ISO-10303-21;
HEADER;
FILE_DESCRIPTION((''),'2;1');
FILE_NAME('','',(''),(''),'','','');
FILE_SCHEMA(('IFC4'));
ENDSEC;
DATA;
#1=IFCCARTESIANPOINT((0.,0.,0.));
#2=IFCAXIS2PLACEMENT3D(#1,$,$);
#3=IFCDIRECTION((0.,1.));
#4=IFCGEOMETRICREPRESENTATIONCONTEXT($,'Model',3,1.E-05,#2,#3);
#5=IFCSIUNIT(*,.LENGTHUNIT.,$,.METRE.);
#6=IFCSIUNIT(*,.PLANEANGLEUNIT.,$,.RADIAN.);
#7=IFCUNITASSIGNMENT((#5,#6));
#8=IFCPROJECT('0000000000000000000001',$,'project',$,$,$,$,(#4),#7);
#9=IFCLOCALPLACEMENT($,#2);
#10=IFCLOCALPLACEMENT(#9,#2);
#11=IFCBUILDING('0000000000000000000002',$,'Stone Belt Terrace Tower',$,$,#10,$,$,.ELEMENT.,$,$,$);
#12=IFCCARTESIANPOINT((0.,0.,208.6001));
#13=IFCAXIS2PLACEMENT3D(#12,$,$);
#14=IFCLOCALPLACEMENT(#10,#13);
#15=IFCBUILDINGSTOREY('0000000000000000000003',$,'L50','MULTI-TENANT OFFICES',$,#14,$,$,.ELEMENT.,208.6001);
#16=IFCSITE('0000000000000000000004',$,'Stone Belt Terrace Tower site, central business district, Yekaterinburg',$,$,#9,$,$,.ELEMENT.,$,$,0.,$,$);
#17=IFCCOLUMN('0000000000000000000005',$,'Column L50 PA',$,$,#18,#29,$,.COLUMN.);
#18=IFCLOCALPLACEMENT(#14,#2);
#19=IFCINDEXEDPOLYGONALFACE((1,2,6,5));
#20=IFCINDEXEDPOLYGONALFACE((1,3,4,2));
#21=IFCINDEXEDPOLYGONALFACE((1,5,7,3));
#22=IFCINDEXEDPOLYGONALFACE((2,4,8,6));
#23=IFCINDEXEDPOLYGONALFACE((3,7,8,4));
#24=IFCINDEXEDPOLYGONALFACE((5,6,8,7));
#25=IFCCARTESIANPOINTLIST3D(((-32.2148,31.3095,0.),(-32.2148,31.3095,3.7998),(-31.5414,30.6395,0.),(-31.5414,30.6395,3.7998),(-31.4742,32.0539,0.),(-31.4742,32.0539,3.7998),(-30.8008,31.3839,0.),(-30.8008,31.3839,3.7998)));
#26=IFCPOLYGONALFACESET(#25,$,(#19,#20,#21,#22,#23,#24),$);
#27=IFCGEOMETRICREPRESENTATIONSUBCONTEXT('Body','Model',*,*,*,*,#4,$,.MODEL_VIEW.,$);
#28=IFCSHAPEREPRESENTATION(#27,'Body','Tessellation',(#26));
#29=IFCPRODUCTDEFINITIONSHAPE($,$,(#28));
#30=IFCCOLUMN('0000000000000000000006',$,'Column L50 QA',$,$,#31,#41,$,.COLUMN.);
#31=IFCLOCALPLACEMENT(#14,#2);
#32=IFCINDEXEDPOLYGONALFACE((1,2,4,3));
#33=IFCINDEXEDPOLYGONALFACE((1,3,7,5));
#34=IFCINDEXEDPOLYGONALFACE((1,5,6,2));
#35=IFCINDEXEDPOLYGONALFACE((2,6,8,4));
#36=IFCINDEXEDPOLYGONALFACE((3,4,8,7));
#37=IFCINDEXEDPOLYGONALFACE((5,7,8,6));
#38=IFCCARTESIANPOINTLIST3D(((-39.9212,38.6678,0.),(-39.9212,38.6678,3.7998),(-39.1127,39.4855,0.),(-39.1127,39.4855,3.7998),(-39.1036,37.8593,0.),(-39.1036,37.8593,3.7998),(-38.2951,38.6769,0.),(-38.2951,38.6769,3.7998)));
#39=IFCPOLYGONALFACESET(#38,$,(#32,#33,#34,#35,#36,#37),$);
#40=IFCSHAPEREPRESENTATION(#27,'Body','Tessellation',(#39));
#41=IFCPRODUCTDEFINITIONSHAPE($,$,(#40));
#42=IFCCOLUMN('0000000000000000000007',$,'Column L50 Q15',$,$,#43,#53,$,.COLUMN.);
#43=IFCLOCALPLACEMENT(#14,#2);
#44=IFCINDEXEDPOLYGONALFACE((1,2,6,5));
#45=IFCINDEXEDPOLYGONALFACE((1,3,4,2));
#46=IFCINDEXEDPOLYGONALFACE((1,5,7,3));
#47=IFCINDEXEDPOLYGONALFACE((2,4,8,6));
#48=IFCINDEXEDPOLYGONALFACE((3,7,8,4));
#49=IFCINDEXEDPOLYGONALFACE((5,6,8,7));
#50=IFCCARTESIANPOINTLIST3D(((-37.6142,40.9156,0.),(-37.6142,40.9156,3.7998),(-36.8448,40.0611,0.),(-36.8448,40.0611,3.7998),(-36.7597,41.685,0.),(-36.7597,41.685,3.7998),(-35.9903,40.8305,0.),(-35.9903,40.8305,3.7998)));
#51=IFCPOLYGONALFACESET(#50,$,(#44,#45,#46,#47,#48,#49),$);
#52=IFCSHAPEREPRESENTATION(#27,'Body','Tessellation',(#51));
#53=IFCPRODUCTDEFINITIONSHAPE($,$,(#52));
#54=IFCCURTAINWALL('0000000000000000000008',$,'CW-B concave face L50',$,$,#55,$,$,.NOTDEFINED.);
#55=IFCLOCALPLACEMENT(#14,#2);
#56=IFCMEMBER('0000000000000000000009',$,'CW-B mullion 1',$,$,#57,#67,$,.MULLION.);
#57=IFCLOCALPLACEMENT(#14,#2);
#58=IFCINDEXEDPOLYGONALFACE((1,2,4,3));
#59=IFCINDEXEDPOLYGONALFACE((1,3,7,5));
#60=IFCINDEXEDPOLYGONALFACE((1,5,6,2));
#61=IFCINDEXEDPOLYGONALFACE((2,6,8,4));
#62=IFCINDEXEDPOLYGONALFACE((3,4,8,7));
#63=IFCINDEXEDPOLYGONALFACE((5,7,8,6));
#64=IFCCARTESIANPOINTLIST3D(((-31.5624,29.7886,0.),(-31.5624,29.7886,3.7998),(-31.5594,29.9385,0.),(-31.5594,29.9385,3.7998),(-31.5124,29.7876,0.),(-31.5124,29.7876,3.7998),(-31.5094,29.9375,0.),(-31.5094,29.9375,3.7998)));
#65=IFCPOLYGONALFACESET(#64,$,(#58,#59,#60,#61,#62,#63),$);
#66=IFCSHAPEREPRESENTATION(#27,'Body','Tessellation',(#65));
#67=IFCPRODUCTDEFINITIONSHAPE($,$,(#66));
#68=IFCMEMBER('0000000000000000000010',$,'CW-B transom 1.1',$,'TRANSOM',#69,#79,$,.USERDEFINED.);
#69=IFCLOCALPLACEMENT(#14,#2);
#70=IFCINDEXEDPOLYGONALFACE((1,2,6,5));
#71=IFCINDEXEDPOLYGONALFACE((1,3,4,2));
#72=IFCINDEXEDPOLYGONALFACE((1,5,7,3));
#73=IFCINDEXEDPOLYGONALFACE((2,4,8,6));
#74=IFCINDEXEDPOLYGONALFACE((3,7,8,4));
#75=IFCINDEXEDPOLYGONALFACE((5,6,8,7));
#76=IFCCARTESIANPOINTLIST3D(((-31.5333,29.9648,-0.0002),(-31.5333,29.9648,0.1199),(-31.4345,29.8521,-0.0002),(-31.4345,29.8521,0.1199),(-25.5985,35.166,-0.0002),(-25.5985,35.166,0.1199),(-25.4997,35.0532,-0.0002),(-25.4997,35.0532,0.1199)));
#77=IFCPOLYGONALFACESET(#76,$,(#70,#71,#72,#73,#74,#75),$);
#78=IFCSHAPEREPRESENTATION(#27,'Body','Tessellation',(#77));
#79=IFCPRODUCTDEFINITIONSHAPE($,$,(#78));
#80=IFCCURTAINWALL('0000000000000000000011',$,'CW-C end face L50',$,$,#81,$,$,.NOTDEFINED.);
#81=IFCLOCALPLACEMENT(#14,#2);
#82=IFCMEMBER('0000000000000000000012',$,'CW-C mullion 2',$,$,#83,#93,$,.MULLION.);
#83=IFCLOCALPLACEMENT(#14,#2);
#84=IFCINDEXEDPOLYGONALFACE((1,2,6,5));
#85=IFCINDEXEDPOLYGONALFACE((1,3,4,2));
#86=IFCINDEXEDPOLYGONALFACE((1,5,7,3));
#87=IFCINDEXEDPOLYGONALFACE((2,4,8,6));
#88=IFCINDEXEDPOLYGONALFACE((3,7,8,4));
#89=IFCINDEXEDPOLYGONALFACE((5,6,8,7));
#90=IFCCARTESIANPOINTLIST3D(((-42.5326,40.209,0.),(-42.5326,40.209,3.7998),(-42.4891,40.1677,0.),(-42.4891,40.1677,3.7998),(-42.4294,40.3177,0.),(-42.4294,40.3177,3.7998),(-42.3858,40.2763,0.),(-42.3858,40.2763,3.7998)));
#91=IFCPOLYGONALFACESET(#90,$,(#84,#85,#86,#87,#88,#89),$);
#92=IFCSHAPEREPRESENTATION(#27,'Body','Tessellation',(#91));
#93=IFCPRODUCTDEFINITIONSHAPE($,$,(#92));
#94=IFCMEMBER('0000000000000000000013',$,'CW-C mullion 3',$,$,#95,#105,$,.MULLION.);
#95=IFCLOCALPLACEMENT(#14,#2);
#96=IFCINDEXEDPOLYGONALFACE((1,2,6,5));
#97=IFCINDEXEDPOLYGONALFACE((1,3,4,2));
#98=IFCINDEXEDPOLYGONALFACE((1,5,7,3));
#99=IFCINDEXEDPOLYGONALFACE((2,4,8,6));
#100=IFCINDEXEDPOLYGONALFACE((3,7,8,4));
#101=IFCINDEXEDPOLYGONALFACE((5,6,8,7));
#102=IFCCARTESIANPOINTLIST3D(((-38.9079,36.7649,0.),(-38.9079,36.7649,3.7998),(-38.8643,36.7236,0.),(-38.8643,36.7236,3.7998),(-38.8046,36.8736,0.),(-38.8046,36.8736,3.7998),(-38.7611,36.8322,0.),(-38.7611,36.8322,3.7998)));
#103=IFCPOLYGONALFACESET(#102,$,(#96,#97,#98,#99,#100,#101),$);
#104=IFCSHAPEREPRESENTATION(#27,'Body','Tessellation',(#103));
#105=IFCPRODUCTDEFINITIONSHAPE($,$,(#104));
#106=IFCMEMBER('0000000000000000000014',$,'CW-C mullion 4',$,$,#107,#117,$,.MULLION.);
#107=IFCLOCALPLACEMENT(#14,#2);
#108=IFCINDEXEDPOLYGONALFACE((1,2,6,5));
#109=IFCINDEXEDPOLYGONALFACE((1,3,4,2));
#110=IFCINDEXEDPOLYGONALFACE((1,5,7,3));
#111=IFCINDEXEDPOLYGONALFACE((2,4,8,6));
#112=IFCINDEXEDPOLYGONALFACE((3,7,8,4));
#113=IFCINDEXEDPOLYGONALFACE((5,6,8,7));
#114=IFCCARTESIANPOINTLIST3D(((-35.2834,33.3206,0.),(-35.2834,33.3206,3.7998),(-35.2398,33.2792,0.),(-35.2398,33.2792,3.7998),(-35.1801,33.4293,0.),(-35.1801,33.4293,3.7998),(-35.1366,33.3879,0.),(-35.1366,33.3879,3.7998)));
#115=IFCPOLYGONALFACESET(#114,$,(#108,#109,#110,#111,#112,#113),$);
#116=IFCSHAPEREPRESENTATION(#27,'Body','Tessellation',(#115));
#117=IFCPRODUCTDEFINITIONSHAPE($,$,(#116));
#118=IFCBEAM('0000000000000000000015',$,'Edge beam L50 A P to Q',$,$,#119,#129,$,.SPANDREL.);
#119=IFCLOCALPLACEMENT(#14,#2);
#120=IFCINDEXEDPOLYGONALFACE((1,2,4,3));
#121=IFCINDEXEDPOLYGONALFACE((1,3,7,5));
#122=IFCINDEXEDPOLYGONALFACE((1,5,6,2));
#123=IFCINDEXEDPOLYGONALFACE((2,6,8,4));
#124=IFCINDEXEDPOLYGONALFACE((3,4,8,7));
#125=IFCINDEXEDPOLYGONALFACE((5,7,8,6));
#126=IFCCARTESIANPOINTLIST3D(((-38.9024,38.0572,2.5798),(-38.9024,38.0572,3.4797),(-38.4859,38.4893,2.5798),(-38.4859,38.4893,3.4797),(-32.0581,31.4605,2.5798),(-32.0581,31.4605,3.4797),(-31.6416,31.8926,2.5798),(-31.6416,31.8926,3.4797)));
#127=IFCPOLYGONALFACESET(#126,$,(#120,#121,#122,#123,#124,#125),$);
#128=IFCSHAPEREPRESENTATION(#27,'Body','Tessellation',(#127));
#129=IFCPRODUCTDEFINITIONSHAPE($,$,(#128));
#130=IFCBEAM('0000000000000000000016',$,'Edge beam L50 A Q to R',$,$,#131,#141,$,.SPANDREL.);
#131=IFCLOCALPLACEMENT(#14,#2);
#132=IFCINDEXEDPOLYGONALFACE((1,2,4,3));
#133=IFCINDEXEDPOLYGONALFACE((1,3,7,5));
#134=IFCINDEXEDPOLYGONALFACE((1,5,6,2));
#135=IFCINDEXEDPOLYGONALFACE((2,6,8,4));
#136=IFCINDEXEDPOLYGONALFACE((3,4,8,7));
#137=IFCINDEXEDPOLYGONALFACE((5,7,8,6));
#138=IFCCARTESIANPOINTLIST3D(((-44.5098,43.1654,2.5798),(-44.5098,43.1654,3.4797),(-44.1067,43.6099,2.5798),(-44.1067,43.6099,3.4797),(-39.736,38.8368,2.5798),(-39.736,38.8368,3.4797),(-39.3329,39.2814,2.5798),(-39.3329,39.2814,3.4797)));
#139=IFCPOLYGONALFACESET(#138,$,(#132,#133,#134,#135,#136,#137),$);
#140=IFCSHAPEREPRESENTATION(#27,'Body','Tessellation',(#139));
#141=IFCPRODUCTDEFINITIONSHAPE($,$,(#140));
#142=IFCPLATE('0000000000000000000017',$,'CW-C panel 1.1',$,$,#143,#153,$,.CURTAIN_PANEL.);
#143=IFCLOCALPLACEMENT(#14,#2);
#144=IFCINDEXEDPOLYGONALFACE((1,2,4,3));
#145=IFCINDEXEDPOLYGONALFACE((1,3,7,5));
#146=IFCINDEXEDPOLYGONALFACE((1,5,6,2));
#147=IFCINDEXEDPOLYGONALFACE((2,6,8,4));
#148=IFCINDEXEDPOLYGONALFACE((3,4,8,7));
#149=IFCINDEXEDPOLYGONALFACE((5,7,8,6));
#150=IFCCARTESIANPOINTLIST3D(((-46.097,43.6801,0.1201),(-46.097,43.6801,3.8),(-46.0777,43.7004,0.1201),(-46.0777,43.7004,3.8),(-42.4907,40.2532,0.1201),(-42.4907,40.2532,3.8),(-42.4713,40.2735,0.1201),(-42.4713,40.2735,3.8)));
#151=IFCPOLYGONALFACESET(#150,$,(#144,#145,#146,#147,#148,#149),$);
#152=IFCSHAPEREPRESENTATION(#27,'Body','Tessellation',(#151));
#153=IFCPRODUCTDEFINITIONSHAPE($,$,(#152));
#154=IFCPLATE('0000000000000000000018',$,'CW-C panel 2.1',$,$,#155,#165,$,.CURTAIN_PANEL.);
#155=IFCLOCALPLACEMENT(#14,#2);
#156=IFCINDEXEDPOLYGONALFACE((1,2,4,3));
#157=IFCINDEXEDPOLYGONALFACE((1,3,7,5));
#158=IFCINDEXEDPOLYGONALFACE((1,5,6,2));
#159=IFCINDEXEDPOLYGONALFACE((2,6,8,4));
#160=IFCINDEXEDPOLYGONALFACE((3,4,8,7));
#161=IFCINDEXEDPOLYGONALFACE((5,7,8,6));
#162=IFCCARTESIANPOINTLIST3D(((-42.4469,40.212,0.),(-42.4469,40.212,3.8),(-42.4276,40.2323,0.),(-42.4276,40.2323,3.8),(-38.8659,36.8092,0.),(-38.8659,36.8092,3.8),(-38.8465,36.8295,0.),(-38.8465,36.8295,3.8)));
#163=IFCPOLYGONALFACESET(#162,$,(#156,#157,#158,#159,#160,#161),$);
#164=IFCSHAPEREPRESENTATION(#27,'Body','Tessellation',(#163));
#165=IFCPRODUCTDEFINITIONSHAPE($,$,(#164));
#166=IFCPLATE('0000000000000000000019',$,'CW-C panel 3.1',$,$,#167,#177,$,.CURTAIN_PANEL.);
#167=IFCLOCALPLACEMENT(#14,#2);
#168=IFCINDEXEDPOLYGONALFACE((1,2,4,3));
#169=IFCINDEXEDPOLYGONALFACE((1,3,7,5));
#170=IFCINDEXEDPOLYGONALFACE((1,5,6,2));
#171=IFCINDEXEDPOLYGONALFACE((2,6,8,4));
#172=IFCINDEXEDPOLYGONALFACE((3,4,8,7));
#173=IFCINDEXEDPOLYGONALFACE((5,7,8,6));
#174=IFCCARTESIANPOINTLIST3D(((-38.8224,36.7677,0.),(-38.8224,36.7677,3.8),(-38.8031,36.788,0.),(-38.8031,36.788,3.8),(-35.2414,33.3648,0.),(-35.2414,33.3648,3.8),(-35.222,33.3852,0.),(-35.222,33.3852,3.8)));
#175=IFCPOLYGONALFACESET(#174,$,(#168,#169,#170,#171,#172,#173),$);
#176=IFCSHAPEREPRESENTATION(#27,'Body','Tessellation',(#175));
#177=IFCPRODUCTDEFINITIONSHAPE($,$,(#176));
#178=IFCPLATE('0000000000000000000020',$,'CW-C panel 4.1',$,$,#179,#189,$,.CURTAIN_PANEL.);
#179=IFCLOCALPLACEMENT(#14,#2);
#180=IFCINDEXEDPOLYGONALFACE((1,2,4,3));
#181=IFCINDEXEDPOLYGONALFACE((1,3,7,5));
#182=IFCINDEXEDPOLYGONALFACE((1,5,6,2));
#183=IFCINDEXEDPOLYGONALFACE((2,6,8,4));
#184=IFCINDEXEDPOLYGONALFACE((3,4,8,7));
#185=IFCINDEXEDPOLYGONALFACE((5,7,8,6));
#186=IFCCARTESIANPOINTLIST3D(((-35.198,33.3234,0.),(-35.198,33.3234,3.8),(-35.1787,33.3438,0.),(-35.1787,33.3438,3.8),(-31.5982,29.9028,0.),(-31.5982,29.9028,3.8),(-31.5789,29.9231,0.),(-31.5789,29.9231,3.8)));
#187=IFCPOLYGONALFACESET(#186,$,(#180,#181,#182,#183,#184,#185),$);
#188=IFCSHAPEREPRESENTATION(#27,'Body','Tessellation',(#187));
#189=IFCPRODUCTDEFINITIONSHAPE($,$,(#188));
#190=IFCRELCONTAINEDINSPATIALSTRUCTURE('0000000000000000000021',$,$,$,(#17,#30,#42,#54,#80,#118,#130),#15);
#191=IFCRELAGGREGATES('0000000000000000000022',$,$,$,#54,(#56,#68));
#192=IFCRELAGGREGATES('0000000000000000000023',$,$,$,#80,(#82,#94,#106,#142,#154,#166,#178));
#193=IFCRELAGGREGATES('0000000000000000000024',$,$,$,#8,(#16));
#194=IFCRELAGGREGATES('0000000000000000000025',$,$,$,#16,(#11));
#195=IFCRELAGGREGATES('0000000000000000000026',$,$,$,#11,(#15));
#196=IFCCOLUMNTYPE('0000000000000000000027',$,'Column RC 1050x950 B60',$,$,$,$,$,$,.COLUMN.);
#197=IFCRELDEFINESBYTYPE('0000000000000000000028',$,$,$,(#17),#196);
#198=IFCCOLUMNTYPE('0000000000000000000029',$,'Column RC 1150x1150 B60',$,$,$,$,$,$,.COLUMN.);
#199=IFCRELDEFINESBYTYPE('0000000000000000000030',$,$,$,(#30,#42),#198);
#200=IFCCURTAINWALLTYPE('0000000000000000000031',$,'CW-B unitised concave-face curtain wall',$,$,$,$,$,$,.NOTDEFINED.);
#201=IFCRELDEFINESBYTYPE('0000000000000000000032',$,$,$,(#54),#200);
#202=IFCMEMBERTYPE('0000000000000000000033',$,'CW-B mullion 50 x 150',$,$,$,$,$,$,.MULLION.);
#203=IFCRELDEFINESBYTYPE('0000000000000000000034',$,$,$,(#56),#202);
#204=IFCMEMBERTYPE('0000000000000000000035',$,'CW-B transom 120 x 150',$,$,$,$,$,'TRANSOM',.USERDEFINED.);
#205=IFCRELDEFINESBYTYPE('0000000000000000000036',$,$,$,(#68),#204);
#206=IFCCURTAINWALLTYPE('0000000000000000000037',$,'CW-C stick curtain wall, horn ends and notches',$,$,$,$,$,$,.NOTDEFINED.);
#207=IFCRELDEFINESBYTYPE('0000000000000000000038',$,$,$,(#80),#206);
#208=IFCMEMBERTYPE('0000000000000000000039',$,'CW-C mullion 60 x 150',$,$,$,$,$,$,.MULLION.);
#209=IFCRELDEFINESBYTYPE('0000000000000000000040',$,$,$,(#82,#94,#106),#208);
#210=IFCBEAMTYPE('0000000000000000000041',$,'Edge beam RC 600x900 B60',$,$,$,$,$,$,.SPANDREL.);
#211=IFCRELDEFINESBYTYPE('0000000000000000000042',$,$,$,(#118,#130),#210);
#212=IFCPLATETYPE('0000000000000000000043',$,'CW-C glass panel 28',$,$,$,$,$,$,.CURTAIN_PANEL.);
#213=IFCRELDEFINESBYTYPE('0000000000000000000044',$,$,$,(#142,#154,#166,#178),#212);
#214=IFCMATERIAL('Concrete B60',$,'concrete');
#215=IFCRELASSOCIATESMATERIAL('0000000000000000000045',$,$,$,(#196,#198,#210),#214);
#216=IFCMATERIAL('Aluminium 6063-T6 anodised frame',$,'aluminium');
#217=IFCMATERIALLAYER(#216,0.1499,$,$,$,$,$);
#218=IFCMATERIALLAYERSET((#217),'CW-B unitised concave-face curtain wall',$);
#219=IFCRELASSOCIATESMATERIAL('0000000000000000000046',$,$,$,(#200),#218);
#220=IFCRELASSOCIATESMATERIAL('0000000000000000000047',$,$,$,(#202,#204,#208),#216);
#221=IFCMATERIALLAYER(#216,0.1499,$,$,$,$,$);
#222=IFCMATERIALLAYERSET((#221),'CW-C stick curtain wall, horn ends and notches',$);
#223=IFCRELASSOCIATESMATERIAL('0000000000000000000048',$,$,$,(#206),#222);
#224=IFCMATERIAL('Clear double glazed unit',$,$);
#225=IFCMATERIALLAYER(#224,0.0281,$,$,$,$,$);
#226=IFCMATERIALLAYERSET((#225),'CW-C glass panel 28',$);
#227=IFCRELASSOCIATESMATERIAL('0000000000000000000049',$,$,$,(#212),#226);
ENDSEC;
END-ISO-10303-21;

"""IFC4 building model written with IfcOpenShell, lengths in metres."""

from ifc_helpers import new_model, si_unit, direction, frame, origin, origin_2d, place, context, subcontext, project, spatial, rectangle, extrude, material, layer, layer_set, material_profile, profile_set, type_object, element, aggregate, save


model = new_model("IFC4")

# Units and contexts
model_context = context("Model", 3, precision=1e-05, world=origin(), true_north=direction((0.0, 1.0)))
body_context = subcontext(model_context, "Body", "Model", "MODEL_VIEW")
ifc_project = project(units=[si_unit("LENGTHUNIT", "METRE"), si_unit("PLANEANGLEUNIT", "RADIAN")], contexts=[model_context])

# Site, building, storey
site_placement = place(None, origin())
site = spatial("IfcSite", under=ifc_project, at=site_placement, Name="Stone Belt Terrace Tower site, central business district, Yekaterinburg", CompositionType="ELEMENT", RefElevation=0.0)
building_placement = place(site_placement, origin())
building = spatial("IfcBuilding", under=site, at=building_placement, Name="Stone Belt Terrace Tower", CompositionType="ELEMENT")
storey_placement = place(building_placement, frame((0.0, 0.0, 208.6001)))
storey = spatial("IfcBuildingStorey", under=building, at=storey_placement, Name="L50", Description="MULTI-TENANT OFFICES", CompositionType="ELEMENT", Elevation=208.6001)

# Columns
ifc_material_1 = material(Name="Concrete B60", Category="concrete")
ifc_material_profile_1 = material_profile(ifc_material_1, rectangle(XDim=1.05, YDim=0.95, at=origin_2d()), Name="RC 1050x950")
ifc_profile_set_1 = profile_set([ifc_material_profile_1], Name="Concrete B60")
column_type_1 = type_object("IfcColumnType", Name="Column RC 1050x950 B60", PredefinedType="COLUMN", material=ifc_profile_set_1)
column_placement = place(storey_placement, frame((-31.5078, 31.3467, 0.0), z_axis=(0.0, 0.0, 1.0), x_axis=(0.705294, 0.708915, 0.0)))
element("IfcColumn", 1, at=column_placement, inside=storey, type_object=column_type_1, Name="Column L50 PA", PredefinedType="COLUMN", context=body_context, shape_type="SweptSolid", body=[
    extrude(rectangle(XDim=1.05, YDim=0.95, at=origin_2d()), origin(), (0.0, 0.0, 1.0), 3.7998),
])
ifc_material_profile_2 = material_profile(ifc_material_1, rectangle(XDim=1.1499, YDim=1.1499, at=origin_2d()), Name="RC 1150x1150")
ifc_profile_set_2 = profile_set([ifc_material_profile_2], Name="Concrete B60")
column_type_2 = type_object("IfcColumnType", Name="Column RC 1150x1150 B60", PredefinedType="COLUMN", material=ifc_profile_set_2)
for number, where, z_axis, x_axis, name in (
    (2, (-39.1082, 38.6724, 0.0), (0.0, 0.0, 1.0), (0.703134, 0.711057, 0.0), "Column L50 QA"),
    (3, (-36.8022, 40.873, 0.0), (0.0, 0.0, 1.0), (0.743145, 0.669131, 0.0), "Column L50 Q15"),
):
    element("IfcColumn", number, at=place(storey_placement, frame(where, z_axis=z_axis, x_axis=x_axis)), inside=storey, type_object=column_type_2, Name=name, PredefinedType="COLUMN", context=body_context, shape_type="SweptSolid", body=[
        extrude(rectangle(XDim=1.1499, YDim=1.1499, at=origin_2d()), origin(), (0.0, 0.0, 1.0), 3.7998),
    ])

# Curtain walls, members
ifc_material_2 = material(Name="Aluminium 6063-T6 anodised frame", Category="aluminium")
ifc_layer_1 = layer(ifc_material_2, 0.1499)
ifc_layer_set_1 = layer_set([ifc_layer_1], Name="CW-B unitised concave-face curtain wall")
curtain_wall_type_1 = type_object("IfcCurtainWallType", Name="CW-B unitised concave-face curtain wall", PredefinedType="NOTDEFINED", material=ifc_layer_set_1)
curtain_wall_1_placement = place(storey_placement, origin())
curtain_wall_1 = element("IfcCurtainWall", 4, at=curtain_wall_1_placement, inside=storey, type_object=curtain_wall_type_1, Name="CW-B concave face L50", PredefinedType="NOTDEFINED")
ifc_material_profile_3 = material_profile(ifc_material_2, rectangle(XDim=0.1499, YDim=0.05, at=origin_2d()), Name="Aluminium 6063-T6 50x150")
ifc_profile_set_3 = profile_set([ifc_material_profile_3], Name="Aluminium 6063-T6 anodised frame")
member_type_1 = type_object("IfcMemberType", Name="CW-B mullion 50 x 150", PredefinedType="MULLION", material=ifc_profile_set_3)
member_1_placement = place(storey_placement, frame((-31.5359, 29.863, 0.0), z_axis=(0.0, 0.0, 1.0), x_axis=(0.020135, 0.999797, 0.0)))
member_1 = element("IfcMember", 5, at=member_1_placement, type_object=member_type_1, Name="CW-B mullion 1", PredefinedType="MULLION", context=body_context, shape_type="SweptSolid", body=[
    extrude(rectangle(XDim=0.1499, YDim=0.05, at=origin_2d()), origin(), (0.0, 0.0, 1.0), 3.7998),
])
ifc_material_profile_4 = material_profile(ifc_material_2, rectangle(XDim=0.1499, YDim=0.1201, at=origin_2d()), Name="Aluminium 6063-T6 150x120")
ifc_profile_set_4 = profile_set([ifc_material_profile_4], Name="Aluminium 6063-T6 anodised frame")
member_type_2 = type_object("IfcMemberType", Name="CW-B transom 120 x 150", ElementType="TRANSOM", PredefinedType="USERDEFINED", material=ifc_profile_set_4)
member_2_placement = place(storey_placement, frame((-31.4839, 29.9084, 0.0598), z_axis=(0.752061, 0.659094, 0.0), x_axis=(-0.659094, 0.752061, 0.0)))
member_2 = element("IfcMember", 6, at=member_2_placement, type_object=member_type_2, Name="CW-B transom 1.1", ObjectType="TRANSOM", PredefinedType="USERDEFINED", context=body_context, shape_type="SweptSolid", body=[
    extrude(rectangle(XDim=0.1499, YDim=0.1201, at=origin_2d()), origin(), (0.0, 0.0, 1.0), 7.8914),
])
aggregate(curtain_wall_1, [member_1, member_2])
ifc_layer_2 = layer(ifc_material_2, 0.1499)
ifc_layer_set_2 = layer_set([ifc_layer_2], Name="CW-C stick curtain wall, horn ends and notches")
curtain_wall_type_2 = type_object("IfcCurtainWallType", Name="CW-C stick curtain wall, horn ends and notches", PredefinedType="NOTDEFINED", material=ifc_layer_set_2)
curtain_wall_2_placement = place(storey_placement, origin())
curtain_wall_2 = element("IfcCurtainWall", 7, at=curtain_wall_2_placement, inside=storey, type_object=curtain_wall_type_2, Name="CW-C end face L50", PredefinedType="NOTDEFINED")
ifc_material_profile_5 = material_profile(ifc_material_2, rectangle(XDim=0.1499, YDim=0.0601, at=origin_2d()), Name="Aluminium 6063-T6 60x150")
ifc_profile_set_5 = profile_set([ifc_material_profile_5], Name="Aluminium 6063-T6 anodised frame")
member_type_3 = type_object("IfcMemberType", Name="CW-C mullion 60 x 150", PredefinedType="MULLION", material=ifc_profile_set_5)
member_3_placement = place(storey_placement, frame((-42.4592, 40.2427, 0.0), z_axis=(0.0, 0.0, 1.0), x_axis=(0.68884, 0.724914, 0.0)))
member_3 = element("IfcMember", 8, at=member_3_placement, type_object=member_type_3, Name="CW-C mullion 2", PredefinedType="MULLION", context=body_context, shape_type="SweptSolid", body=[
    extrude(rectangle(XDim=0.1499, YDim=0.0601, at=origin_2d()), origin(), (0.0, 0.0, 1.0), 3.7998),
])
member_4_placement = place(storey_placement, frame((-38.8345, 36.7986, 0.0), z_axis=(0.0, 0.0, 1.0), x_axis=(0.68884, 0.724914, 0.0)))
member_4 = element("IfcMember", 9, at=member_4_placement, type_object=member_type_3, Name="CW-C mullion 3", PredefinedType="MULLION", context=body_context, shape_type="SweptSolid", body=[
    extrude(rectangle(XDim=0.1499, YDim=0.0601, at=origin_2d()), origin(), (0.0, 0.0, 1.0), 3.7998),
])
member_5_placement = place(storey_placement, frame((-35.21, 33.3542, 0.0), z_axis=(0.0, 0.0, 1.0), x_axis=(0.68884, 0.724914, 0.0)))
member_5 = element("IfcMember", 10, at=member_5_placement, type_object=member_type_3, Name="CW-C mullion 4", PredefinedType="MULLION", context=body_context, shape_type="SweptSolid", body=[
    extrude(rectangle(XDim=0.1499, YDim=0.0601, at=origin_2d()), origin(), (0.0, 0.0, 1.0), 3.7998),
])

# Beams
ifc_material_profile_6 = material_profile(ifc_material_1, rectangle(XDim=0.6001, YDim=0.8999, at=origin_2d()), Name="RC 600x900")
ifc_profile_set_6 = profile_set([ifc_material_profile_6], Name="Concrete B60")
beam_type = type_object("IfcBeamType", Name="Edge beam RC 600x900 B60", PredefinedType="SPANDREL", material=ifc_profile_set_6)
beam_1_placement = place(storey_placement, frame((-31.8499, 31.6765, 3.0298), z_axis=(-0.720008, 0.693965, 0.0), x_axis=(-0.693965, -0.720008, 0.0)))
element("IfcBeam", 11, at=beam_1_placement, inside=storey, type_object=beam_type, Name="Edge beam L50 A P to Q", PredefinedType="SPANDREL", context=body_context, shape_type="SweptSolid", body=[
    extrude(rectangle(XDim=0.6001, YDim=0.8999, at=origin_2d()), origin(), (0.0, 0.0, 1.0), 9.5059),
])
beam_2_placement = place(storey_placement, frame((-39.5344, 39.0591, 3.0298), z_axis=(-0.740814, 0.671711, 0.0), x_axis=(-0.671711, -0.740814, 0.0)))
element("IfcBeam", 12, at=beam_2_placement, inside=storey, type_object=beam_type, Name="Edge beam L50 A Q to R", PredefinedType="SPANDREL", context=body_context, shape_type="SweptSolid", body=[
    extrude(rectangle(XDim=0.6001, YDim=0.8999, at=origin_2d()), origin(), (0.0, 0.0, 1.0), 6.4441),
])

# Plates
ifc_material_3 = material(Name="Clear double glazed unit")
ifc_layer_3 = layer(ifc_material_3, 0.0281)
ifc_layer_set_3 = layer_set([ifc_layer_3], Name="CW-C glass panel 28")
plate_type = type_object("IfcPlateType", Name="CW-C glass panel 28", PredefinedType="CURTAIN_PANEL", material=ifc_layer_set_3)
plate_1_placement = place(storey_placement, frame((-44.2842, 41.9768, 0.1201), z_axis=(0.0, 0.0, 1.0), x_axis=(0.724914, -0.68884, 0.0)))
plate_1 = element("IfcPlate", 13, at=plate_1_placement, type_object=plate_type, Name="CW-C panel 1.1", PredefinedType="CURTAIN_PANEL", context=body_context, shape_type="SweptSolid", body=[
    extrude(rectangle(XDim=4.9749, YDim=0.0281, at=origin_2d()), origin(), (0.0, 0.0, 1.0), 3.6799),
])
plate_2_placement = place(storey_placement, frame((-40.6467, 38.5208, 0.0), z_axis=(0.0, 0.0, 1.0), x_axis=(0.724914, -0.68884, 0.0)))
plate_2 = element("IfcPlate", 14, at=plate_2_placement, type_object=plate_type, Name="CW-C panel 2.1", PredefinedType="CURTAIN_PANEL", context=body_context, shape_type="SweptSolid", body=[
    extrude(rectangle(XDim=4.9399, YDim=0.0281, at=origin_2d()), origin(), (0.0, 0.0, 1.0), 3.8),
])
plate_3_placement = place(storey_placement, frame((-37.0222, 35.0764, 0.0), z_axis=(0.0, 0.0, 1.0), x_axis=(0.724914, -0.68884, 0.0)))
plate_3 = element("IfcPlate", 15, at=plate_3_placement, type_object=plate_type, Name="CW-C panel 3.1", PredefinedType="CURTAIN_PANEL", context=body_context, shape_type="SweptSolid", body=[
    extrude(rectangle(XDim=4.9399, YDim=0.0281, at=origin_2d()), origin(), (0.0, 0.0, 1.0), 3.8),
])
plate_4_placement = place(storey_placement, frame((-33.3884, 31.6233, 0.0), z_axis=(0.0, 0.0, 1.0), x_axis=(0.724914, -0.68884, 0.0)))
plate_4 = element("IfcPlate", 16, at=plate_4_placement, type_object=plate_type, Name="CW-C panel 4.1", PredefinedType="CURTAIN_PANEL", context=body_context, shape_type="SweptSolid", body=[
    extrude(rectangle(XDim=4.9658, YDim=0.0281, at=origin_2d()), origin(), (0.0, 0.0, 1.0), 3.8),
])
aggregate(curtain_wall_2, [member_3, member_4, member_5, plate_1, plate_2, plate_3, plate_4])

save(model, "model.ifc")
